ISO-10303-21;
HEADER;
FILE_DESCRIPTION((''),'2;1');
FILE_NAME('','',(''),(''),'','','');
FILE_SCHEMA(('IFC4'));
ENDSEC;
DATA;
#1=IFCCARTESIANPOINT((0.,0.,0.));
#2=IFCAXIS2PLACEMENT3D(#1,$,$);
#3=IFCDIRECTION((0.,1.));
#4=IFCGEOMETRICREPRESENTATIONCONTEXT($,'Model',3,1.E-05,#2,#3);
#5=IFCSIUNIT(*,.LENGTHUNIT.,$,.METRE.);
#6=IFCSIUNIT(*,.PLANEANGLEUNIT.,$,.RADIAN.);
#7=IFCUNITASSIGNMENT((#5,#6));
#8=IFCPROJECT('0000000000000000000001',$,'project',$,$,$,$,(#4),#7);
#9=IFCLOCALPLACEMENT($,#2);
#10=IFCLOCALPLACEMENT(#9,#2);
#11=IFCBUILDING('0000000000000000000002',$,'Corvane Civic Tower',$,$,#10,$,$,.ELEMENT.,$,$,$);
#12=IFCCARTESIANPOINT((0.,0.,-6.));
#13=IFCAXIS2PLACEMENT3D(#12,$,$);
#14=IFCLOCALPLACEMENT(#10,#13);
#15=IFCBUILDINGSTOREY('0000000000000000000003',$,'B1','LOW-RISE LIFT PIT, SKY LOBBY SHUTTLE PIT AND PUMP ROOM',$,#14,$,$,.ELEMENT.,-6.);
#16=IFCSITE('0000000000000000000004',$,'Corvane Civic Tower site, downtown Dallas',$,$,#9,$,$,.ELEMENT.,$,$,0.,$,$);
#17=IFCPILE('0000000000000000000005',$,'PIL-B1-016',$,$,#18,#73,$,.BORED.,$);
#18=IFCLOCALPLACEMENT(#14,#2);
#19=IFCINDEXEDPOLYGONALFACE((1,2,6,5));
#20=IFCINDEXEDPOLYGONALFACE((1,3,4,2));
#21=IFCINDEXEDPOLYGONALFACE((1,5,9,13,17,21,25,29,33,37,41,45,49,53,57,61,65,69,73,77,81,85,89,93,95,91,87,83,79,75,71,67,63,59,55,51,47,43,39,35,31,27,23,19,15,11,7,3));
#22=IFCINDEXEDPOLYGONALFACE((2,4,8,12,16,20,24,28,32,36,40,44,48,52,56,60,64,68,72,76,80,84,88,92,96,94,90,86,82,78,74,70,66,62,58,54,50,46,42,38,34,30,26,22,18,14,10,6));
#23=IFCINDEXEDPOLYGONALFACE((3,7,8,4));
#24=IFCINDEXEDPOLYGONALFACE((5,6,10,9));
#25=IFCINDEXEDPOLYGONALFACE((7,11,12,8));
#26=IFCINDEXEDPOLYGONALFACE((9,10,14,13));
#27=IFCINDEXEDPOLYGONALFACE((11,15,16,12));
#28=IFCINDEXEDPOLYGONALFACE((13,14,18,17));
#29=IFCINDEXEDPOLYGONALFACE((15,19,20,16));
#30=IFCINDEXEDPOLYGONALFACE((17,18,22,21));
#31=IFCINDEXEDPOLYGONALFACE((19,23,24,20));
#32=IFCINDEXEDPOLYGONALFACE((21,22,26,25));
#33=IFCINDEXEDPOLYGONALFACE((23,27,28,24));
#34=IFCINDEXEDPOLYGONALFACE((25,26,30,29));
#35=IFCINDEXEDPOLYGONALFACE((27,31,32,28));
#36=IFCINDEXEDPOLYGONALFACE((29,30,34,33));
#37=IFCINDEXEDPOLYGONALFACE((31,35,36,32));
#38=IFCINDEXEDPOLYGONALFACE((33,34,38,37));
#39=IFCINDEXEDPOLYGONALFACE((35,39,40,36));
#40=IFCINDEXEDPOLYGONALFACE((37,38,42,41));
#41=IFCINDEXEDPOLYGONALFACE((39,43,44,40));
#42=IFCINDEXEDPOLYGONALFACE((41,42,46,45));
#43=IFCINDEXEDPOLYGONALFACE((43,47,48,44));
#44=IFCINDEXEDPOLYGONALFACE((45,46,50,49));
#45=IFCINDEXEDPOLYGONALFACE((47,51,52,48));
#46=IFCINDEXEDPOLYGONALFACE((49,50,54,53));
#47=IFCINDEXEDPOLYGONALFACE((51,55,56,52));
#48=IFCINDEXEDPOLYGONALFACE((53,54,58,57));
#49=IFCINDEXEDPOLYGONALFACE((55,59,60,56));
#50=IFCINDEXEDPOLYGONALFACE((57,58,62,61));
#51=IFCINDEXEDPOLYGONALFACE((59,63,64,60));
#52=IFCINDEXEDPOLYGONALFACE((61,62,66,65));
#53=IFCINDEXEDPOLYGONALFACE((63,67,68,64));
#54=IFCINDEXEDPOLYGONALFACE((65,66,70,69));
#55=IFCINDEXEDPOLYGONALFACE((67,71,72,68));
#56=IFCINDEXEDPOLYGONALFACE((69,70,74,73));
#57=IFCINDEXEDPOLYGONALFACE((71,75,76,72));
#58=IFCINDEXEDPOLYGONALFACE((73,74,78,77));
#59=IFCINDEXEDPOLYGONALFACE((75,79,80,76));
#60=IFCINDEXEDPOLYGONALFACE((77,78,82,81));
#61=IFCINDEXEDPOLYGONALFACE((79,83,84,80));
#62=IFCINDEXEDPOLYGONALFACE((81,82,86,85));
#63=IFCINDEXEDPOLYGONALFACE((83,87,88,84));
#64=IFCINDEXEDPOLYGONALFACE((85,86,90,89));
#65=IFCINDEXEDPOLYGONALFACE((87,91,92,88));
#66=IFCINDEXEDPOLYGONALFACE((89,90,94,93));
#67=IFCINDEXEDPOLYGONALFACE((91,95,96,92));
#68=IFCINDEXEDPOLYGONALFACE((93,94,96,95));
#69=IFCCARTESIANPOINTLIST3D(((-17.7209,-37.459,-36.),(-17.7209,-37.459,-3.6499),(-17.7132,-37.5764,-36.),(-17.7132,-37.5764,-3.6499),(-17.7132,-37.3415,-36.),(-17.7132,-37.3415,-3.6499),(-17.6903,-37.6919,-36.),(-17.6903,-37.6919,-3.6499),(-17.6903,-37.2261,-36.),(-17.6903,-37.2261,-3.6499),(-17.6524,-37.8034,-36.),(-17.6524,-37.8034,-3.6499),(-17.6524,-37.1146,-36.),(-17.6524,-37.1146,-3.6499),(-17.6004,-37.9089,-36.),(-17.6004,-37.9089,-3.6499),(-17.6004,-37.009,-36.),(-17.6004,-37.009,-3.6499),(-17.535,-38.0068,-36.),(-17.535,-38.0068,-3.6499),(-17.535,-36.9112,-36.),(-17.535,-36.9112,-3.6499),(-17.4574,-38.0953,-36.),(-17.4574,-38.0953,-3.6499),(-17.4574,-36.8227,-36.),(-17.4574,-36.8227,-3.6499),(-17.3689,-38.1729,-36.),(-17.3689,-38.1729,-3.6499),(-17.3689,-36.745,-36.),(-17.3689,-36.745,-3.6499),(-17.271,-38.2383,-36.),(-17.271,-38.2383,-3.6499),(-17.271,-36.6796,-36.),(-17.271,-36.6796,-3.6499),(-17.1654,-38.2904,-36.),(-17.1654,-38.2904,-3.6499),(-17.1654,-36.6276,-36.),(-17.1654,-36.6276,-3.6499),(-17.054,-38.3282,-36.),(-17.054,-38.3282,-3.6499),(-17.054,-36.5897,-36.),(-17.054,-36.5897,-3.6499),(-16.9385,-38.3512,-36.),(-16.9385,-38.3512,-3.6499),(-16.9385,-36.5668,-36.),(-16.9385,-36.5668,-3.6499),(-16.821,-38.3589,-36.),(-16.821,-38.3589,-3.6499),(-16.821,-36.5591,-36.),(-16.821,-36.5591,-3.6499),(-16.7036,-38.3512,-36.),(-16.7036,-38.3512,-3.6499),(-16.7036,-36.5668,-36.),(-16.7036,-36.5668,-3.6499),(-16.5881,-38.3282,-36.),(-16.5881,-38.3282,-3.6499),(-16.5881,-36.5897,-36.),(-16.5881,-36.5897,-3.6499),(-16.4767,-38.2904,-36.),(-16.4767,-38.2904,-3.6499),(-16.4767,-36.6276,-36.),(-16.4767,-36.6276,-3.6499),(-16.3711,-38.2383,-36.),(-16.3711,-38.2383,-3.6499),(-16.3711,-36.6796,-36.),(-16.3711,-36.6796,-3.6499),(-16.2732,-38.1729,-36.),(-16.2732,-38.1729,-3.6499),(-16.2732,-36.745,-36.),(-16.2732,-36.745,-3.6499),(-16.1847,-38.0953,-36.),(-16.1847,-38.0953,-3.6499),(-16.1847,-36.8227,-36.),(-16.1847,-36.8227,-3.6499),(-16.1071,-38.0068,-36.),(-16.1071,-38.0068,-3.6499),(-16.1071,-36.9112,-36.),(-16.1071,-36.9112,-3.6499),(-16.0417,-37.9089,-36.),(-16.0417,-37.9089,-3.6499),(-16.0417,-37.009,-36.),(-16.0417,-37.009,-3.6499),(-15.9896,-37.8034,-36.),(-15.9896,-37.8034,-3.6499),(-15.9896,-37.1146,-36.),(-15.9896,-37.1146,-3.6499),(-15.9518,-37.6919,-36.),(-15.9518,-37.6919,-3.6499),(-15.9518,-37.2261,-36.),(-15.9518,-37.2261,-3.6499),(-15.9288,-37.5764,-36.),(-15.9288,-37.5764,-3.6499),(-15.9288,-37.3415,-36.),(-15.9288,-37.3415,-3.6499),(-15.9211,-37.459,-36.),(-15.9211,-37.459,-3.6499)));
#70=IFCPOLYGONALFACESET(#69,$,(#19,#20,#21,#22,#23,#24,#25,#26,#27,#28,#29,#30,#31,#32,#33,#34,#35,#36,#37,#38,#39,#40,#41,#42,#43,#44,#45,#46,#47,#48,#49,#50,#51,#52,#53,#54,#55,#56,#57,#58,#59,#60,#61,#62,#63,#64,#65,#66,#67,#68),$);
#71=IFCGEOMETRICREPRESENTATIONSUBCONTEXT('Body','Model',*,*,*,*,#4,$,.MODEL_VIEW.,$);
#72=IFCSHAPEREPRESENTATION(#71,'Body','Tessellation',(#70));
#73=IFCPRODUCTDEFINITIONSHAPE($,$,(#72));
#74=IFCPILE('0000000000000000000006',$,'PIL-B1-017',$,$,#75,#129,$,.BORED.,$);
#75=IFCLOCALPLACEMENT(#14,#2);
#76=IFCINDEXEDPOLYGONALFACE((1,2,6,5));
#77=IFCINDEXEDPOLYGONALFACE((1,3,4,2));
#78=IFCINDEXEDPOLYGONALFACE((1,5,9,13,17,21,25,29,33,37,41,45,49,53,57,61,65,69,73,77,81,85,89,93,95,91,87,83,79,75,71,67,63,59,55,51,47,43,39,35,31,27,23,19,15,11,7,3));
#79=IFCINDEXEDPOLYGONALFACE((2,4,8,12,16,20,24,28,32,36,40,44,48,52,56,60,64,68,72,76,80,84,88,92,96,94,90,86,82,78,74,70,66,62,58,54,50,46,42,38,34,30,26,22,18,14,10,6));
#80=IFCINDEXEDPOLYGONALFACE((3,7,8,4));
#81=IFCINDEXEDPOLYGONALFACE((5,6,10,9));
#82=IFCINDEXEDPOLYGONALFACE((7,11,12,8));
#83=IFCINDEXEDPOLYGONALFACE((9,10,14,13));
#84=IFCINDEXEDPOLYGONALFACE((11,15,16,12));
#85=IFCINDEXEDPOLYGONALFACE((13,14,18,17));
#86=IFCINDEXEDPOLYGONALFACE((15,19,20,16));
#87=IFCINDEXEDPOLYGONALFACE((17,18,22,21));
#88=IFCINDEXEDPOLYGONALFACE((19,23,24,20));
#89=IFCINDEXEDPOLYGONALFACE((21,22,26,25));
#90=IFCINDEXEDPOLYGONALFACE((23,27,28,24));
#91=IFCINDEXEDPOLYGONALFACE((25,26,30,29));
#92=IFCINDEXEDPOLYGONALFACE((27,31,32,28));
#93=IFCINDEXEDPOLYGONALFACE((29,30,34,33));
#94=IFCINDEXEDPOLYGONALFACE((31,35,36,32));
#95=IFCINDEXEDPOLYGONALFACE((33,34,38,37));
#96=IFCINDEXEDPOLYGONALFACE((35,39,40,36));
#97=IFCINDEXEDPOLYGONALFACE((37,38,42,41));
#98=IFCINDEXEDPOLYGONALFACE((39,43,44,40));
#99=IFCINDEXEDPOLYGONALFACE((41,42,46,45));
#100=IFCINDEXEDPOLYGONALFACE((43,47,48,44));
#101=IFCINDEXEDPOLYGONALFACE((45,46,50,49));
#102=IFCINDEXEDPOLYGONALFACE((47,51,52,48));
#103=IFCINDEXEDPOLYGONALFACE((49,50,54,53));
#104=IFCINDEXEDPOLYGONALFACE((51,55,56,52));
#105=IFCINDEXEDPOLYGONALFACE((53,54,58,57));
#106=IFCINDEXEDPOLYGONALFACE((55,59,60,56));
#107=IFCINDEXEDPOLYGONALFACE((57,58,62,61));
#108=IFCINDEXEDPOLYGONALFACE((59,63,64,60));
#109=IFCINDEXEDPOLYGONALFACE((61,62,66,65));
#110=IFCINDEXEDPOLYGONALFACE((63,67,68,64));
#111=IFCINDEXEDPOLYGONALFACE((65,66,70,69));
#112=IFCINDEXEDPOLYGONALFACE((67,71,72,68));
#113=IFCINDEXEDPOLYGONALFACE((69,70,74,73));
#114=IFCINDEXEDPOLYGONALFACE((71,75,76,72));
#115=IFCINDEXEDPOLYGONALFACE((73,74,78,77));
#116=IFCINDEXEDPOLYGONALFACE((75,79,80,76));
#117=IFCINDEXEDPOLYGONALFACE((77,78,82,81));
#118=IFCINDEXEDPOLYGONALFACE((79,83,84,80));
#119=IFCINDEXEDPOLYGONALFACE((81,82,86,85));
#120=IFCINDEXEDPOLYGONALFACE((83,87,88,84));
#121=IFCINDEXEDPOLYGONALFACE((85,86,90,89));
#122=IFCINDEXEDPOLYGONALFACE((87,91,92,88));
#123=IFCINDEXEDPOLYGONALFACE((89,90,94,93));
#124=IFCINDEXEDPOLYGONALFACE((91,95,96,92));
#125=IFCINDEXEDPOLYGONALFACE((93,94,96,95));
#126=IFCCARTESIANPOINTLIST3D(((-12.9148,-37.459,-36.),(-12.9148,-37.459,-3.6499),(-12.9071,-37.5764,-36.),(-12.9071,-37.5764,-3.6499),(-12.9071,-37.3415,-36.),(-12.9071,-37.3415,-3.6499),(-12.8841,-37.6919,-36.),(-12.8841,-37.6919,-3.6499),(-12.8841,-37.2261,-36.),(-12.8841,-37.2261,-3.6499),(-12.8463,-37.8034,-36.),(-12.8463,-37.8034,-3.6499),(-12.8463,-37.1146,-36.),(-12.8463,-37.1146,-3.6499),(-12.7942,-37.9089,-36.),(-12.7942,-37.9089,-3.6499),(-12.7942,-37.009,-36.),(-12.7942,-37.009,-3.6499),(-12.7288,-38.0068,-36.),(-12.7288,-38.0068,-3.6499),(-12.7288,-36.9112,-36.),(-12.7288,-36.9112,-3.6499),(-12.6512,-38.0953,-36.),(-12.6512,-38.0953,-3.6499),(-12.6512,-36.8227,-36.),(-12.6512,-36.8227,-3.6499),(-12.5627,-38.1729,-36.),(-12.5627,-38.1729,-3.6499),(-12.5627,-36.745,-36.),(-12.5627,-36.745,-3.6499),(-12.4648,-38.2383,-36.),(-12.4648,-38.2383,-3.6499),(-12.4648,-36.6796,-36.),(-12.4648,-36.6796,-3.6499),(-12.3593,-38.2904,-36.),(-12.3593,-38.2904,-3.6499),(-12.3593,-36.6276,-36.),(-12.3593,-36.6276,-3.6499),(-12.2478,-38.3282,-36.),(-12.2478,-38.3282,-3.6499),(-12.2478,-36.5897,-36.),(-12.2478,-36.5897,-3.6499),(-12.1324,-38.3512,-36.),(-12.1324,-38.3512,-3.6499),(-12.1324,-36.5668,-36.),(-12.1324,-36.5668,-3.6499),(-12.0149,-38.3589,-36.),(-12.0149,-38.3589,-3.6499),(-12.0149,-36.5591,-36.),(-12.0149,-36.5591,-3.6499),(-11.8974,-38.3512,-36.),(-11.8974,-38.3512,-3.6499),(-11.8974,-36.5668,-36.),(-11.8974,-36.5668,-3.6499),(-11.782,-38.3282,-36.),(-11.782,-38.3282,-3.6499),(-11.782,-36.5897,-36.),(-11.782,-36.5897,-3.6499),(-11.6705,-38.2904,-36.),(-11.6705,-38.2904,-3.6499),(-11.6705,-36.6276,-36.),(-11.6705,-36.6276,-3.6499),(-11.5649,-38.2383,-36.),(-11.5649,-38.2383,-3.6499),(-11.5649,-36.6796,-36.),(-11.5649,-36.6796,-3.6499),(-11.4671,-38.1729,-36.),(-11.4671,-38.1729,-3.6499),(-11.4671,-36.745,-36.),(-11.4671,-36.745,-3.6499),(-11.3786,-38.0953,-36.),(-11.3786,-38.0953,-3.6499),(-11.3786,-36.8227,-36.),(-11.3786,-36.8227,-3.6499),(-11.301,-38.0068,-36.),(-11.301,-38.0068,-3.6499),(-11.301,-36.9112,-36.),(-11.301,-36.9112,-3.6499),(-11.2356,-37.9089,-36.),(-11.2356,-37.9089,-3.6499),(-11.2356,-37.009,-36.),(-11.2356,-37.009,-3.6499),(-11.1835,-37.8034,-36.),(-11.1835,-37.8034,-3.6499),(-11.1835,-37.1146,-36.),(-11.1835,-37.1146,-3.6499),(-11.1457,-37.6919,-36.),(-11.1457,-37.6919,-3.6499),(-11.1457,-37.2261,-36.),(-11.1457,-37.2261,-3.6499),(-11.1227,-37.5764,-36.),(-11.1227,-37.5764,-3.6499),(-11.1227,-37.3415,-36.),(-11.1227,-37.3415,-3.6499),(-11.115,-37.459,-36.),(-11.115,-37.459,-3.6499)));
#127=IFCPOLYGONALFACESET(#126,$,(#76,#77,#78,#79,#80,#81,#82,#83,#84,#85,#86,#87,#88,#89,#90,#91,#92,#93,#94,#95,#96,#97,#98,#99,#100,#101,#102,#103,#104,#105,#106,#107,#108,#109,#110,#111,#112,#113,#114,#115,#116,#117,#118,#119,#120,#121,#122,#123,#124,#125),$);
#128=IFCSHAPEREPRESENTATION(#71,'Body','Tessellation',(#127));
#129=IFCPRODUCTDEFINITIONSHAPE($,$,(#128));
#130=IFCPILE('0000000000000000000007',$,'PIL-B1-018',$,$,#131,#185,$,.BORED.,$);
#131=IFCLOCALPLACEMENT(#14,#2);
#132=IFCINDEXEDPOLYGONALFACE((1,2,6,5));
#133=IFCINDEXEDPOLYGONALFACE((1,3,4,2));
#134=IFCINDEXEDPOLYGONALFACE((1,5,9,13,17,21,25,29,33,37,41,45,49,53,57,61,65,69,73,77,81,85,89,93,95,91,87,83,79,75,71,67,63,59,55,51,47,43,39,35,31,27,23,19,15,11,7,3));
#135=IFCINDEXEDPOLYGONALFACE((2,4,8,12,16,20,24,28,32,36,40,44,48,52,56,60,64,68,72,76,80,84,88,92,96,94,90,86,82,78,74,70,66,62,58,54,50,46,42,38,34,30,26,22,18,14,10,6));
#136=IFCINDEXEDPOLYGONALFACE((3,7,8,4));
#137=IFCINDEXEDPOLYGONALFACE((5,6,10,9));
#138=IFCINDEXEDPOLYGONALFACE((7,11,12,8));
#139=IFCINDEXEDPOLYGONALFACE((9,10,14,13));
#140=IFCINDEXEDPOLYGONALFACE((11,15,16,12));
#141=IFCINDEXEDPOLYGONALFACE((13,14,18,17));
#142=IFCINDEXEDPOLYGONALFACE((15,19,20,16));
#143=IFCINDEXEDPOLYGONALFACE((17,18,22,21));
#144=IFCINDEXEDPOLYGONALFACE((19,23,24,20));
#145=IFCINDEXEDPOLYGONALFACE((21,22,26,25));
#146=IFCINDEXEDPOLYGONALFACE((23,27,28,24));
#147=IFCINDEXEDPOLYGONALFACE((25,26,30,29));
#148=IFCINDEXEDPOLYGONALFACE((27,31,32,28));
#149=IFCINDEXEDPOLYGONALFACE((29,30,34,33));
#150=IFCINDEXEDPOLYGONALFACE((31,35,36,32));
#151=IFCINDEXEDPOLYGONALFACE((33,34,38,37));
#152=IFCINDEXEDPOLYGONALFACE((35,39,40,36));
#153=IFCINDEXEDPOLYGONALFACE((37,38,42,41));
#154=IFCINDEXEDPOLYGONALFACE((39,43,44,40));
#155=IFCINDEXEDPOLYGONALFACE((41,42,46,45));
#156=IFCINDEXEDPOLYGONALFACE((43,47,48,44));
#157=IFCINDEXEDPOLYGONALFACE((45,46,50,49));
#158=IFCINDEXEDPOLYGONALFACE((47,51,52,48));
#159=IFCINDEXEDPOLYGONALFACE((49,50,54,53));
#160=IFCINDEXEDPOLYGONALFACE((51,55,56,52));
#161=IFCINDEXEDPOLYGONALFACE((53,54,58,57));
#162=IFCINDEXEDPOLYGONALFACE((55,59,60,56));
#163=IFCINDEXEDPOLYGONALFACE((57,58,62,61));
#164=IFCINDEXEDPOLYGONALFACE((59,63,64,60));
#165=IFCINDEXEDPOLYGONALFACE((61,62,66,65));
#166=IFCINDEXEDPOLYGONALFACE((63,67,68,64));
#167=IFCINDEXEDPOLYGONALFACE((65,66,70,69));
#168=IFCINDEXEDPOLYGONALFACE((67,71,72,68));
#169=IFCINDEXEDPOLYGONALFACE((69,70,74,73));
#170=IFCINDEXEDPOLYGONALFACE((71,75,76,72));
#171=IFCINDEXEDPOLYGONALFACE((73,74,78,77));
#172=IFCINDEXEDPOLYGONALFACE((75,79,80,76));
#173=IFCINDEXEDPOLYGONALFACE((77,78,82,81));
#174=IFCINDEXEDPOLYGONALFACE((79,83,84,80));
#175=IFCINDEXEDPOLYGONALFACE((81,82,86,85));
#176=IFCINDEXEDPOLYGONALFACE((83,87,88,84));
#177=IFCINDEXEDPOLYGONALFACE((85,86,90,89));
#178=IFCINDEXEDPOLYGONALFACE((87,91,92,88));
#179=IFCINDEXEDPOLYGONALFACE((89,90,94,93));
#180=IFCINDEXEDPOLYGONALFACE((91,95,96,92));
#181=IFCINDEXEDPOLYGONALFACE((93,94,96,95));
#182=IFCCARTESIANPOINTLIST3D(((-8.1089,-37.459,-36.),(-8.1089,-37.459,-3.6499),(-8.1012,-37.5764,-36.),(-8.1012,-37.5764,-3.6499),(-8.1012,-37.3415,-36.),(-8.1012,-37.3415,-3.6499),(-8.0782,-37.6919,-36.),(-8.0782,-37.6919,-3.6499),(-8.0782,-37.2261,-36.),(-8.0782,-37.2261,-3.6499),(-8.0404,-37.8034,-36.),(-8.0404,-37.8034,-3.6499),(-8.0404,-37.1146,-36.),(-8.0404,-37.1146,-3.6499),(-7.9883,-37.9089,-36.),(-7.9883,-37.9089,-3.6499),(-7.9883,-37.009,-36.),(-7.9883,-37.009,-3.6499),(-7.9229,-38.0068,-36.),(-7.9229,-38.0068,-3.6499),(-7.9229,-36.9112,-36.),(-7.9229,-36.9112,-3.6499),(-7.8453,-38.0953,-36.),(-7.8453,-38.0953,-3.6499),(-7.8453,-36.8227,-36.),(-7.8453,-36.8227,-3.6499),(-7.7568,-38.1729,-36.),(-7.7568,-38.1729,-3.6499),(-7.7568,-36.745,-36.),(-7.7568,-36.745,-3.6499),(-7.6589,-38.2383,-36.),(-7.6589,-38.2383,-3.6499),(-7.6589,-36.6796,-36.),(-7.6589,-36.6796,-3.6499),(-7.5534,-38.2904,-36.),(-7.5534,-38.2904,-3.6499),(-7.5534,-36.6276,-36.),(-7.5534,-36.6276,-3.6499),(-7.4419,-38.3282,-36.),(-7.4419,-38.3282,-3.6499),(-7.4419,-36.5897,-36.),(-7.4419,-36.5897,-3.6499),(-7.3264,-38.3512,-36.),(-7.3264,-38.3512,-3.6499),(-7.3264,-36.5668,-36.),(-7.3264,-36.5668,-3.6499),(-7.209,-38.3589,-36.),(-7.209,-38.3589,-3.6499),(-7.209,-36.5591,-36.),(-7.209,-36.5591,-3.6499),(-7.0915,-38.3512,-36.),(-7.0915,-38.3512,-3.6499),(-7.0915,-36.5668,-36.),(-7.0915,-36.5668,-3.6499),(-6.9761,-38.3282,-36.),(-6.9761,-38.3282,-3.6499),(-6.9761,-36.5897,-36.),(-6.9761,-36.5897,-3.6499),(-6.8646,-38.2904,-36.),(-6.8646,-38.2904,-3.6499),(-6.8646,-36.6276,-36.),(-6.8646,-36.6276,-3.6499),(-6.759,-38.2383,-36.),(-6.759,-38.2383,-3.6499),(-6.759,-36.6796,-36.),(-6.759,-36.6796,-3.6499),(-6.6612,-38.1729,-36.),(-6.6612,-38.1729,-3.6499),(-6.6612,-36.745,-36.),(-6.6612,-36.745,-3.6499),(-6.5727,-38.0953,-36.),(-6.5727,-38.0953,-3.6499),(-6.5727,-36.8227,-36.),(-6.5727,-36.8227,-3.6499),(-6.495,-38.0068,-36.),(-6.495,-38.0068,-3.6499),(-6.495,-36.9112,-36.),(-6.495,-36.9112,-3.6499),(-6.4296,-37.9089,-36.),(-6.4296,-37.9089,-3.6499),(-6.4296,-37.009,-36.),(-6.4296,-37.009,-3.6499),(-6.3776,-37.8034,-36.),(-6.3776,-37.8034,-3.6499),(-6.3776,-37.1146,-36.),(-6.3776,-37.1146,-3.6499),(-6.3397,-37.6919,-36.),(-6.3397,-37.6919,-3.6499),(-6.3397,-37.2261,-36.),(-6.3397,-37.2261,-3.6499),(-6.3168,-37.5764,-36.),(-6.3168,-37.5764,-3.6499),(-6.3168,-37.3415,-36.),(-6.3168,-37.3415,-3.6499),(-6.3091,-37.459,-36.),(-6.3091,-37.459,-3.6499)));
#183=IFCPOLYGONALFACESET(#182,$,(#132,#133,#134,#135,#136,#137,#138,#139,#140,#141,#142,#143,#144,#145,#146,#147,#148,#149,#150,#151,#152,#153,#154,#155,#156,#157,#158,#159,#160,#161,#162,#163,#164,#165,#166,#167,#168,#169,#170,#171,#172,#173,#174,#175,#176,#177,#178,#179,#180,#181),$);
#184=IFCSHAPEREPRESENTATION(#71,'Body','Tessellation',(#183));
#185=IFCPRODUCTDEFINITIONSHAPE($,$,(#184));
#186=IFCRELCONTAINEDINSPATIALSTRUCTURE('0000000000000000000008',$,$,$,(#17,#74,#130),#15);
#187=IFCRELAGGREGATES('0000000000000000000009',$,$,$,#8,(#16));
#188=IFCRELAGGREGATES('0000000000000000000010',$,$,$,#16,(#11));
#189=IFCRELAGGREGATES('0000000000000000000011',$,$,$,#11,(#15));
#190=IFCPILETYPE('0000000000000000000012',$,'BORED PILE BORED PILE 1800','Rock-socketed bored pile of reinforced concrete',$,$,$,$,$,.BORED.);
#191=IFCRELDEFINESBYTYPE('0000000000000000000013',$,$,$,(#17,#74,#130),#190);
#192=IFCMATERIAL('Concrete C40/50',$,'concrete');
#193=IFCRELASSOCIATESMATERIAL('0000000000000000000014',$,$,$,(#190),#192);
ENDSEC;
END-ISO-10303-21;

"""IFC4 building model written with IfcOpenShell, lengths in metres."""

from ifc_helpers import new_model, si_unit, direction, frame, origin, origin_2d, place, context, subcontext, project, spatial, circle, extrude, material, material_profile, profile_set, type_object, element, save


model = new_model("IFC4")

# Units and contexts
model_context = context("Model", 3, precision=1e-05, world=origin(), true_north=direction((0.0, 1.0)))
body_context = subcontext(model_context, "Body", "Model", "MODEL_VIEW")
ifc_project = project(units=[si_unit("LENGTHUNIT", "METRE"), si_unit("PLANEANGLEUNIT", "RADIAN")], contexts=[model_context])

# Site, building, storey
site_placement = place(None, origin())
site = spatial("IfcSite", under=ifc_project, at=site_placement, Name="Corvane Civic Tower site, downtown Dallas", CompositionType="ELEMENT", RefElevation=0.0)
building_placement = place(site_placement, origin())
building = spatial("IfcBuilding", under=site, at=building_placement, Name="Corvane Civic Tower", CompositionType="ELEMENT")
storey_placement = place(building_placement, frame((0.0, 0.0, -6.0)))
storey = spatial("IfcBuildingStorey", under=building, at=storey_placement, Name="B1", Description="LOW-RISE LIFT PIT, SKY LOBBY SHUTTLE PIT AND PUMP ROOM", CompositionType="ELEMENT", Elevation=-6.0)

# Piles
ifc_material_1 = material(Name="Concrete C40/50", Category="concrete")
ifc_material_profile_1 = material_profile(ifc_material_1, circle(Radius=0.8999, at=origin_2d()), Name="BORED PILE 1800")
ifc_profile_set_1 = profile_set([ifc_material_profile_1], Name="Concrete C40/50")
pile_type_1 = type_object("IfcPileType", Name="BORED PILE BORED PILE 1800", Description="Rock-socketed bored pile of reinforced concrete", PredefinedType="BORED", material=ifc_profile_set_1)
for number, where, z_axis, x_axis, name in (
    (1, (-16.821, -37.459, -3.6499), (0.0, 0.0, -1.0), (1.0, 0.0, 0.0), "PIL-B1-016"),
    (2, (-12.0149, -37.459, -3.6499), (0.0, 0.0, -1.0), (1.0, 0.0, 0.0), "PIL-B1-017"),
    (3, (-7.209, -37.459, -3.6499), (0.0, 0.0, -1.0), (1.0, 0.0, 0.0), "PIL-B1-018"),
):
    element("IfcPile", number, at=place(storey_placement, frame(where, z_axis=z_axis, x_axis=x_axis)), inside=storey, type_object=pile_type_1, Name=name, PredefinedType="BORED", context=body_context, shape_type="SweptSolid", body=[
        extrude(circle(Radius=0.8999, at=origin_2d()), origin(), (0.0, 0.0, 1.0), 32.3501),
    ])

save(model, "model.ifc")
